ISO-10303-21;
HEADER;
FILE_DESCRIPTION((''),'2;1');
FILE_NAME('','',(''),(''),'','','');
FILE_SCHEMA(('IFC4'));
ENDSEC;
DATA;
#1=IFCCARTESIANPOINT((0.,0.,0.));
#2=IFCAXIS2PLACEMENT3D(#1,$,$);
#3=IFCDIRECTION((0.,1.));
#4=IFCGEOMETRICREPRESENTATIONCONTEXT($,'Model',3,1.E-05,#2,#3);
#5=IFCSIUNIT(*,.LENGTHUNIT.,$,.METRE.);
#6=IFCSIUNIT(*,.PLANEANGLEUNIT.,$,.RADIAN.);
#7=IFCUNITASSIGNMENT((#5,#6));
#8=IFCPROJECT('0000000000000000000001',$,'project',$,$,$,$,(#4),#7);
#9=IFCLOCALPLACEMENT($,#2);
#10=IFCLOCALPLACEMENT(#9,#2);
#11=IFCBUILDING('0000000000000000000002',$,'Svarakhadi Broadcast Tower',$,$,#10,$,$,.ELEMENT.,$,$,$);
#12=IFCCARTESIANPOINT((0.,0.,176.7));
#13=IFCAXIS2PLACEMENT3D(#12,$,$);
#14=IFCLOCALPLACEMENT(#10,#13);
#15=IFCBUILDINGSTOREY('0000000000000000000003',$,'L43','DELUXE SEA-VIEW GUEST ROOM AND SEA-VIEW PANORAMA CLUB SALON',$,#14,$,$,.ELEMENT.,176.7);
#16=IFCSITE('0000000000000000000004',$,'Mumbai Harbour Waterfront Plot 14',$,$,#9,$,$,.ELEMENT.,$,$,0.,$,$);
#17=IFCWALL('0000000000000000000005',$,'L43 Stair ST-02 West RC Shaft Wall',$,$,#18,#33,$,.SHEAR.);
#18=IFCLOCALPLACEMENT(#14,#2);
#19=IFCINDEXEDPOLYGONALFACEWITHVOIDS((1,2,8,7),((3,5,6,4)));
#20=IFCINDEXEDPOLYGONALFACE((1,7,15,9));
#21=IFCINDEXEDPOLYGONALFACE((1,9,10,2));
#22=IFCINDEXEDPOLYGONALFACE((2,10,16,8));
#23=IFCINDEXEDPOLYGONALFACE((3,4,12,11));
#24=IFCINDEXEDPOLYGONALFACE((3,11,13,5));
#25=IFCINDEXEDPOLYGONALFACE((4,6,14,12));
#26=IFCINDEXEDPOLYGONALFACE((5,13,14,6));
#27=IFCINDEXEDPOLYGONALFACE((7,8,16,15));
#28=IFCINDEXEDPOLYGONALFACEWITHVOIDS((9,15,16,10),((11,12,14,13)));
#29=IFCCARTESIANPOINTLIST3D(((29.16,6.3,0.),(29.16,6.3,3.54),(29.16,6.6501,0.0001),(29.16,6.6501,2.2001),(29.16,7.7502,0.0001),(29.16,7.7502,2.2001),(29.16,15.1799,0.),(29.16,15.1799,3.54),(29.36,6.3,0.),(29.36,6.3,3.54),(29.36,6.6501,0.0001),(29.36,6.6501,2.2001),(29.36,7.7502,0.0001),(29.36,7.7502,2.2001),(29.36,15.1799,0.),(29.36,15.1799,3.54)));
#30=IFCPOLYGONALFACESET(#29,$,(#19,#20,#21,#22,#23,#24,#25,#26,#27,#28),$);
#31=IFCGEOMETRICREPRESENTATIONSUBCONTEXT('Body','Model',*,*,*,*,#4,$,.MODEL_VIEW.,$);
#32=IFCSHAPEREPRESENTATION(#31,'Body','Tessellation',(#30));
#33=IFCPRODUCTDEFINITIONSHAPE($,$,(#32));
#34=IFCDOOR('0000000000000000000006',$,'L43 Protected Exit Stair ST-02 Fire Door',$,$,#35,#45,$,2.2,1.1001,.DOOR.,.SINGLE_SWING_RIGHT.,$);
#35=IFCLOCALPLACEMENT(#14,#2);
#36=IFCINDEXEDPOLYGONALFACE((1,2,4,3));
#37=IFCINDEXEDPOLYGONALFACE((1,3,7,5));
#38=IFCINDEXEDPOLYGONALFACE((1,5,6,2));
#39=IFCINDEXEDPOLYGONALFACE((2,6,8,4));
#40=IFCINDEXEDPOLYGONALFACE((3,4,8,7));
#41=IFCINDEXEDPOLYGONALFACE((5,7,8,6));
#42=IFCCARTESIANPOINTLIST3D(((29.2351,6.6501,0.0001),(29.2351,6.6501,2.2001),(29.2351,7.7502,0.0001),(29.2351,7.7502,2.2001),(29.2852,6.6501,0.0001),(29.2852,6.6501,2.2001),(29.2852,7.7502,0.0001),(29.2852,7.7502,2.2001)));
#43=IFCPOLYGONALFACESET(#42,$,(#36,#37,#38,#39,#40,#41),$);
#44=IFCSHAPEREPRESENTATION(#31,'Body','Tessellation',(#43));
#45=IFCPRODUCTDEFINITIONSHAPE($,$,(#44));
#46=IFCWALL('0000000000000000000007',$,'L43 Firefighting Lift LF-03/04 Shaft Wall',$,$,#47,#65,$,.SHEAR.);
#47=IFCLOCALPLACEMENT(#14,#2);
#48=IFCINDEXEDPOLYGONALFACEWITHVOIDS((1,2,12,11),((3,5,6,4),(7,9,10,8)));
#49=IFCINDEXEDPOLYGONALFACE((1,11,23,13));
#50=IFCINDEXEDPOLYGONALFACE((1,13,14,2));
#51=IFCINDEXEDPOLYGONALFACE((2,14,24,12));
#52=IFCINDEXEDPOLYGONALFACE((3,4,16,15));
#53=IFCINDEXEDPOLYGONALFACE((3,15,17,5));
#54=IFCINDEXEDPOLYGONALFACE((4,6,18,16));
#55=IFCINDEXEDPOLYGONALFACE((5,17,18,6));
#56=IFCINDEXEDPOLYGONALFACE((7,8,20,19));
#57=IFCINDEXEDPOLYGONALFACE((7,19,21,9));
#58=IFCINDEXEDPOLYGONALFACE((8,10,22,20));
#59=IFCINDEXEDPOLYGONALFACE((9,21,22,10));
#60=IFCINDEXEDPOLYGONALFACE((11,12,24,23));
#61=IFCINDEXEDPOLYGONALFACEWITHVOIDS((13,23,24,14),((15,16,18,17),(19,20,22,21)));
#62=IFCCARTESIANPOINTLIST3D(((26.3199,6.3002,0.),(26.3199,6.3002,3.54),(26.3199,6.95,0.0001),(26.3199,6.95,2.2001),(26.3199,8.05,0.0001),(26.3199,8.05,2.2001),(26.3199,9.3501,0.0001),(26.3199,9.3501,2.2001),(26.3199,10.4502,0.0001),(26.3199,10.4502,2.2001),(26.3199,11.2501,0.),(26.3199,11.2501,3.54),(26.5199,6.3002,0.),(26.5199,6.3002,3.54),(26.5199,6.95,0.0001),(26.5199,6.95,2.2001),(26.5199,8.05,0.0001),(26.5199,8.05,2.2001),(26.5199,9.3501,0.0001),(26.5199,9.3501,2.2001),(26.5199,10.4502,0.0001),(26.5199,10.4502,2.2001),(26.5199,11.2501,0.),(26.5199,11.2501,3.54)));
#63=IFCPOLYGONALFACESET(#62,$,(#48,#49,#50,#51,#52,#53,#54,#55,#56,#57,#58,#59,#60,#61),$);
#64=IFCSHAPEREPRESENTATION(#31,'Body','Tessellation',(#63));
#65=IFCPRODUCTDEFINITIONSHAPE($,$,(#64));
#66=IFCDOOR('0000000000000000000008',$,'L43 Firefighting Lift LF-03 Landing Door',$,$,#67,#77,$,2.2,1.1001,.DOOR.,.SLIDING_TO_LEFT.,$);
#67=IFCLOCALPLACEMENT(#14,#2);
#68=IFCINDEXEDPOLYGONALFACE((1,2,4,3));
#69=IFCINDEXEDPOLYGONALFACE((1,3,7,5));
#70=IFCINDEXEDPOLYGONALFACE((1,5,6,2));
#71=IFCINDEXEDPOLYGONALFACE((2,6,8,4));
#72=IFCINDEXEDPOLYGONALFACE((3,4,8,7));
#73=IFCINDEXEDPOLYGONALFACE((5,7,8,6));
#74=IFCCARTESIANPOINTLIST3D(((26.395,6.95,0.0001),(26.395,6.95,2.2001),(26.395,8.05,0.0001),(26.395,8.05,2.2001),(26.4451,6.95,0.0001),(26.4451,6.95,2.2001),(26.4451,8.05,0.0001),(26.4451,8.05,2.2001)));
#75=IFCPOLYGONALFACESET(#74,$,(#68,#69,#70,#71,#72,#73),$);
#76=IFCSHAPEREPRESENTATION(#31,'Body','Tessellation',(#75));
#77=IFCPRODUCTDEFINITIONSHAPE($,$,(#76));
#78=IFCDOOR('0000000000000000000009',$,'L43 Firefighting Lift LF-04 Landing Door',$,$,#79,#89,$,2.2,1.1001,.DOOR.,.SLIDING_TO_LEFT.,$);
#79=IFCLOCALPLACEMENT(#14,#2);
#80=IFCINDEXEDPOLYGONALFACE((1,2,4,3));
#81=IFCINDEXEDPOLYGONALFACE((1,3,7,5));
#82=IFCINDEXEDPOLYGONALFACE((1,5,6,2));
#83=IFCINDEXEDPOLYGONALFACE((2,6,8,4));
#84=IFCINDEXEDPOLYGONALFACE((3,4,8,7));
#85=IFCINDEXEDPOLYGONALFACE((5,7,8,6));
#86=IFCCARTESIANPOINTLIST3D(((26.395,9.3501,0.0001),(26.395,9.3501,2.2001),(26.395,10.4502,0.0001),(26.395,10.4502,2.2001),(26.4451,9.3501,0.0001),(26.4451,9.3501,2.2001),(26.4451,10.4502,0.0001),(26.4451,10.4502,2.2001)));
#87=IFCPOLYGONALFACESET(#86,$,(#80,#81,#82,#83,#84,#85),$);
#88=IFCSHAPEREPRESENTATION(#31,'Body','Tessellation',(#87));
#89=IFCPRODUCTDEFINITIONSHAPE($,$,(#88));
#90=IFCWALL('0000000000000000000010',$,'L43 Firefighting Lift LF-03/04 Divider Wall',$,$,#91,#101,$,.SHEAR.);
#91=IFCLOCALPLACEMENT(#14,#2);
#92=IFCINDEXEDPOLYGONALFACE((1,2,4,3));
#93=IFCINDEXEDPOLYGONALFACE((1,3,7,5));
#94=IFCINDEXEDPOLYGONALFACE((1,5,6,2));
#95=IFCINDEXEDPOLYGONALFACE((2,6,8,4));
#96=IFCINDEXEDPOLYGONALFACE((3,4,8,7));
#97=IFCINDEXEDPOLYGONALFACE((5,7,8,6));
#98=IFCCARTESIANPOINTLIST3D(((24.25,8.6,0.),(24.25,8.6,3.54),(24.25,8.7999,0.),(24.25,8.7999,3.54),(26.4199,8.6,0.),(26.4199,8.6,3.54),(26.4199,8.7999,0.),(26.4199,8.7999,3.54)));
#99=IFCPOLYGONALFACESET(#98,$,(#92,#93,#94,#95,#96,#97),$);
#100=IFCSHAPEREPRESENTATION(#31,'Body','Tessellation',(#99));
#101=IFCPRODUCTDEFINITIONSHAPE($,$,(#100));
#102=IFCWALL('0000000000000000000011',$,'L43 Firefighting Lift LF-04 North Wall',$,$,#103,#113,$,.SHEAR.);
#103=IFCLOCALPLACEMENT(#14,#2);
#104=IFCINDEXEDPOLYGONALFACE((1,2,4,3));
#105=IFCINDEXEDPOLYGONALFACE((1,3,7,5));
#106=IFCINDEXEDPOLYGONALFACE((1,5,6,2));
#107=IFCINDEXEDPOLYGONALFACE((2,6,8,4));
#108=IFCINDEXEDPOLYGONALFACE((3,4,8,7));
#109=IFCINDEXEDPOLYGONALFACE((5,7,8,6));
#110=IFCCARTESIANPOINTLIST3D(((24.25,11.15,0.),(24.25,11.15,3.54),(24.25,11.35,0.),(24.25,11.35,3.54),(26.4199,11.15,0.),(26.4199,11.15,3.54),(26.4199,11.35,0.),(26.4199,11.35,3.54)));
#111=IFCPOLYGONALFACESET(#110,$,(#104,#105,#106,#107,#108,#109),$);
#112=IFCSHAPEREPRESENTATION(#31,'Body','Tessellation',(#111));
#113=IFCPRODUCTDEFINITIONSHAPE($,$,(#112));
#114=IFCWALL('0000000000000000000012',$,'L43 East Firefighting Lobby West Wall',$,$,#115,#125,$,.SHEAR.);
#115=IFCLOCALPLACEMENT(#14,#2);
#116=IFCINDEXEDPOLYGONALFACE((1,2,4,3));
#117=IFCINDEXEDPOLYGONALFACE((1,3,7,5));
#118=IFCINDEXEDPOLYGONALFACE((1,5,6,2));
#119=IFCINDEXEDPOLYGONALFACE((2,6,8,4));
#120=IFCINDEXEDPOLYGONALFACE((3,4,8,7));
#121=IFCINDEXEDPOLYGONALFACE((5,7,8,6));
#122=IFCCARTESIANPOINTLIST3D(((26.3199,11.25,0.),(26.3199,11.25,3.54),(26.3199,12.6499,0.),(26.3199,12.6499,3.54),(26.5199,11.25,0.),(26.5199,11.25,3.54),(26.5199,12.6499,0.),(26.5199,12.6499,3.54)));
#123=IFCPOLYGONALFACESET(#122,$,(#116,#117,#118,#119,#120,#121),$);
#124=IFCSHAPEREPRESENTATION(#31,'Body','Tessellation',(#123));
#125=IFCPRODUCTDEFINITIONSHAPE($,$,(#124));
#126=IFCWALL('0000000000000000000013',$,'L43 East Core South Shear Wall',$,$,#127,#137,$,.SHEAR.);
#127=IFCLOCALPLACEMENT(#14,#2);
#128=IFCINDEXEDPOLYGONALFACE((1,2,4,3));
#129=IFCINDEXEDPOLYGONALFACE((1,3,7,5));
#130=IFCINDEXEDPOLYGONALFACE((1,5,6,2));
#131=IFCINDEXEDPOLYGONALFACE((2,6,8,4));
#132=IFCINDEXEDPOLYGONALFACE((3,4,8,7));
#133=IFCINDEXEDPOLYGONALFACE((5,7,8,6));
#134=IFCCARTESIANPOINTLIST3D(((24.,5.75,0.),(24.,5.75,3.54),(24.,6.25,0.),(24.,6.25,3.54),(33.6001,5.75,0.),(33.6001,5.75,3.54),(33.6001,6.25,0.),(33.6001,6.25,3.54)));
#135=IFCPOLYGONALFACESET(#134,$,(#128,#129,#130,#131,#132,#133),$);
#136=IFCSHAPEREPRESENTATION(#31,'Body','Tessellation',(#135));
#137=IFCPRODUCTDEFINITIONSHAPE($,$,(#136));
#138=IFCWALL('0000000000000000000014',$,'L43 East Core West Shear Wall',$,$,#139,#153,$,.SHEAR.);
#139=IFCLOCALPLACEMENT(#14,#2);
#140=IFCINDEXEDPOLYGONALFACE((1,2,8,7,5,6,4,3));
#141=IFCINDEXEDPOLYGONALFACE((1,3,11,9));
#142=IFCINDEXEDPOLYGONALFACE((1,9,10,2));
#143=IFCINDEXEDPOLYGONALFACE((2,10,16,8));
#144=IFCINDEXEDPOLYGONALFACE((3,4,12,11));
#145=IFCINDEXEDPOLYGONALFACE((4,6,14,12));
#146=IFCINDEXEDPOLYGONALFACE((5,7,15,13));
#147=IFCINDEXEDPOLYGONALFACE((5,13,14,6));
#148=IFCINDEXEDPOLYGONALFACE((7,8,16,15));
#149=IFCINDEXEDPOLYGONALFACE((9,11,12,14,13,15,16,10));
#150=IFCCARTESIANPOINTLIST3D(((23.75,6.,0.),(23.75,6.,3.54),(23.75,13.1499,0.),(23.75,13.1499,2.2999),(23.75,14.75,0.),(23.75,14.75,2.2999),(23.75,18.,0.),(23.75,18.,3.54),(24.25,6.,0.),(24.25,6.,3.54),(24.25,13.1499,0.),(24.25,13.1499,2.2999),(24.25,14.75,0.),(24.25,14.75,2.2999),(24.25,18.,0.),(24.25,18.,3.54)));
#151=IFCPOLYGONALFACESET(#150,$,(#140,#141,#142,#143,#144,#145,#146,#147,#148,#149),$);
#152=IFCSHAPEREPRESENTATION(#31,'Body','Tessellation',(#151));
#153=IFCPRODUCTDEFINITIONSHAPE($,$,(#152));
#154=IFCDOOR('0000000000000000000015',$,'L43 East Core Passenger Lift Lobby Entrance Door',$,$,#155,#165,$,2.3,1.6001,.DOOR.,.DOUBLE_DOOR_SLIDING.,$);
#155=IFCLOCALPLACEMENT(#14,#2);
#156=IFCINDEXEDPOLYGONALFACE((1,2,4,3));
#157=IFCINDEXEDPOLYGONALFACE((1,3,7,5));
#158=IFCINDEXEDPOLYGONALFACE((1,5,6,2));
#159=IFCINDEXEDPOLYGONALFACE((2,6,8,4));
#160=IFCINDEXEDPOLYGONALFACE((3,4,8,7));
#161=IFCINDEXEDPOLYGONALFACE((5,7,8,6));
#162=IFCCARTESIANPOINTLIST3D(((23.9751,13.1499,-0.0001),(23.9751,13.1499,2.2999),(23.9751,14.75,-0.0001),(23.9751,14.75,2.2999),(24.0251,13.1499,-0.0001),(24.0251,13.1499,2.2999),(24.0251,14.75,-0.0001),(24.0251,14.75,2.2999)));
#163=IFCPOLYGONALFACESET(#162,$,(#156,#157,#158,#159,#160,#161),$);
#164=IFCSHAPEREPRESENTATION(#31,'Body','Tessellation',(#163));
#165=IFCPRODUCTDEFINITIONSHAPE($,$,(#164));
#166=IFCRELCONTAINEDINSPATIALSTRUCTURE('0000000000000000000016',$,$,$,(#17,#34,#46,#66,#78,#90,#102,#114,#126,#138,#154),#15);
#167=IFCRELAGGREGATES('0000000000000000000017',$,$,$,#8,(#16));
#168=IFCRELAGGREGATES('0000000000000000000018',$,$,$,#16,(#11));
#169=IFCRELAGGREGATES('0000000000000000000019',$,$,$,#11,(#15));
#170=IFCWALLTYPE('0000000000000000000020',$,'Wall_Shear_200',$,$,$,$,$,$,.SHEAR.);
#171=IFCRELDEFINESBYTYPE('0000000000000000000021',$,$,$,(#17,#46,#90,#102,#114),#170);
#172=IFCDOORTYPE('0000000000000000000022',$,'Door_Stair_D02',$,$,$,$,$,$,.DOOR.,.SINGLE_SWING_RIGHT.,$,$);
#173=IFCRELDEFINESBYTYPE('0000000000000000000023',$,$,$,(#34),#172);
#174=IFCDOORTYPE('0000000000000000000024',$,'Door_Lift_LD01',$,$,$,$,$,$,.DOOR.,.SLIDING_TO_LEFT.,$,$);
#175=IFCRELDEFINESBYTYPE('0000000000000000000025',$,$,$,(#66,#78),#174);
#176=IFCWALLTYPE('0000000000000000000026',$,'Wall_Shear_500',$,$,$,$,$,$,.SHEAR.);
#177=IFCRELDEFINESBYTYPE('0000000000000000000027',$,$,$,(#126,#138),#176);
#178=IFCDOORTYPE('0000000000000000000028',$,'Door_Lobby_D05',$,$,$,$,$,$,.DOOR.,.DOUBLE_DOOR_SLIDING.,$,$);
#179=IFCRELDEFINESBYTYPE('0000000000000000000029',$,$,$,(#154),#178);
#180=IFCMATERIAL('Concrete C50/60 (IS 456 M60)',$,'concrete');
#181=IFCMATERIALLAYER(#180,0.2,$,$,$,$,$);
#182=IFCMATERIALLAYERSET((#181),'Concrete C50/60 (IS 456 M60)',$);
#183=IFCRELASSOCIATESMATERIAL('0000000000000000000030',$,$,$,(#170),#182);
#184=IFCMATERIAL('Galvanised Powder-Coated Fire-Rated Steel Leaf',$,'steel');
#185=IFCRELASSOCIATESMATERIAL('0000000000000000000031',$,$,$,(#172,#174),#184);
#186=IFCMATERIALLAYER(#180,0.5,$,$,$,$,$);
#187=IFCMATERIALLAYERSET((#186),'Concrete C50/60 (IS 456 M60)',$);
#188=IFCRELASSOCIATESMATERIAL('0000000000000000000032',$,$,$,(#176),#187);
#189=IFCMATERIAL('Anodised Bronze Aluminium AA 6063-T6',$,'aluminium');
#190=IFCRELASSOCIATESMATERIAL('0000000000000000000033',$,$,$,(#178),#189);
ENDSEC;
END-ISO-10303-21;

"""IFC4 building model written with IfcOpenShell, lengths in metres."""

from ifc_helpers import new_model, si_unit, direction, frame, frame_2d, origin, place, context, subcontext, project, spatial, rectangle, extrude, material, layer, layer_set, type_object, element, fill, save


model = new_model("IFC4")

# Units and contexts
model_context = context("Model", 3, precision=1e-05, world=origin(), true_north=direction((0.0, 1.0)))
body_context = subcontext(model_context, "Body", "Model", "MODEL_VIEW")
ifc_project = project(units=[si_unit("LENGTHUNIT", "METRE"), si_unit("PLANEANGLEUNIT", "RADIAN")], contexts=[model_context])

# Site, building, storey
site_placement = place(None, origin())
site = spatial("IfcSite", under=ifc_project, at=site_placement, Name="Mumbai Harbour Waterfront Plot 14", CompositionType="ELEMENT", RefElevation=0.0)
building_placement = place(site_placement, origin())
building = spatial("IfcBuilding", under=site, at=building_placement, Name="Svarakhadi Broadcast Tower", CompositionType="ELEMENT")
storey_placement = place(building_placement, frame((0.0, 0.0, 176.7)))
storey = spatial("IfcBuildingStorey", under=building, at=storey_placement, Name="L43", Description="DELUXE SEA-VIEW GUEST ROOM AND SEA-VIEW PANORAMA CLUB SALON", CompositionType="ELEMENT", Elevation=176.7)

# Shared definitions
ifc_material_1 = material(Name="Concrete C50/60 (IS 456 M60)", Category="concrete")

# Wall, opening, door
ifc_layer_1 = layer(ifc_material_1, 0.2)
ifc_layer_set_1 = layer_set([ifc_layer_1], Name="Concrete C50/60 (IS 456 M60)")
wall_type_1 = type_object("IfcWallType", Name="Wall_Shear_200", PredefinedType="SHEAR", material=ifc_layer_set_1)
wall_1_placement = place(storey_placement, frame((29.26, 6.3, 0.0), z_axis=(0.0, 0.0, 1.0), x_axis=(0.0, 1.0, 0.0)))
wall_1 = element("IfcWall", 1, at=wall_1_placement, inside=storey, type_object=wall_type_1, Name="L43 Stair ST-02 West RC Shaft Wall", PredefinedType="SHEAR", context=body_context, shape_type="SweptSolid", body=[
    extrude(rectangle(XDim=8.8799, YDim=0.2, at=frame_2d((4.4399, 0.0))), origin(), (0.0, 0.0, 1.0), 3.54),
])
opening_1_placement = place(wall_1_placement, frame((0.3501, 0.0, 0.0)))
opening_1 = element("IfcOpeningElement", 2, at=opening_1_placement, cuts=wall_1, PredefinedType="OPENING", context=body_context, shape_type="SweptSolid", body=[
    extrude(rectangle(XDim=1.1001, YDim=2.2, at=frame_2d((0.55, 1.1001))), frame((0.0, 0.1099, 0.0), z_axis=(0.0, -1.0, 0.0), x_axis=(1.0, 0.0, 0.0)), (0.0, 0.0, 1.0), 0.22),
])
ifc_material_2 = material(Name="Galvanised Powder-Coated Fire-Rated Steel Leaf", Category="steel")
door_type_1 = type_object("IfcDoorType", Name="Door_Stair_D02", OperationType="SINGLE_SWING_RIGHT", PredefinedType="DOOR", material=ifc_material_2)
door_1_placement = place(opening_1_placement, origin())
door_1 = element("IfcDoor", 3, at=door_1_placement, inside=storey, type_object=door_type_1, Name="L43 Protected Exit Stair ST-02 Fire Door", OperationType="SINGLE_SWING_RIGHT", OverallHeight=2.2, OverallWidth=1.1001, PredefinedType="DOOR", context=body_context, shape_type="SweptSolid", body=[
    extrude(rectangle(XDim=1.1001, YDim=2.2, at=frame_2d((0.55, 1.1001))), frame((0.0, 0.0249, 0.0), z_axis=(0.0, -1.0, 0.0), x_axis=(1.0, 0.0, 0.0)), (0.0, 0.0, 1.0), 0.05),
])
fill(opening_1, door_1)

# Wall, openings, doors
wall_2_placement = place(storey_placement, frame((26.4199, 6.3, 0.0), z_axis=(0.0, 0.0, 1.0), x_axis=(0.0, 1.0, 0.0)))
wall_2 = element("IfcWall", 4, at=wall_2_placement, inside=storey, type_object=wall_type_1, Name="L43 Firefighting Lift LF-03/04 Shaft Wall", PredefinedType="SHEAR", context=body_context, shape_type="SweptSolid", body=[
    extrude(rectangle(XDim=4.95, YDim=0.2, at=frame_2d((2.4751, 0.0))), origin(), (0.0, 0.0, 1.0), 3.54),
])
opening_2_placement = place(wall_2_placement, frame((0.6499, 0.0, 0.0)))
opening_2 = element("IfcOpeningElement", 5, at=opening_2_placement, cuts=wall_2, PredefinedType="OPENING", context=body_context, shape_type="SweptSolid", body=[
    extrude(rectangle(XDim=1.1001, YDim=2.2, at=frame_2d((0.55, 1.1001))), frame((0.0, 0.1099, 0.0), z_axis=(0.0, -1.0, 0.0), x_axis=(1.0, 0.0, 0.0)), (0.0, 0.0, 1.0), 0.22),
])
opening_3_placement = place(wall_2_placement, frame((3.05, 0.0, 0.0)))
opening_3 = element("IfcOpeningElement", 6, at=opening_3_placement, cuts=wall_2, PredefinedType="OPENING", context=body_context, shape_type="SweptSolid", body=[
    extrude(rectangle(XDim=1.1001, YDim=2.2, at=frame_2d((0.55, 1.1001))), frame((0.0, 0.1099, 0.0), z_axis=(0.0, -1.0, 0.0), x_axis=(1.0, 0.0, 0.0)), (0.0, 0.0, 1.0), 0.22),
])
door_type_2 = type_object("IfcDoorType", Name="Door_Lift_LD01", OperationType="SLIDING_TO_LEFT", PredefinedType="DOOR", material=ifc_material_2)
door_2_placement = place(opening_2_placement, origin())
door_2 = element("IfcDoor", 7, at=door_2_placement, inside=storey, type_object=door_type_2, Name="L43 Firefighting Lift LF-03 Landing Door", OperationType="SLIDING_TO_LEFT", OverallHeight=2.2, OverallWidth=1.1001, PredefinedType="DOOR", context=body_context, shape_type="SweptSolid", body=[
    extrude(rectangle(XDim=1.1001, YDim=2.2, at=frame_2d((0.55, 1.1001))), frame((0.0, 0.0249, 0.0), z_axis=(0.0, -1.0, 0.0), x_axis=(1.0, 0.0, 0.0)), (0.0, 0.0, 1.0), 0.05),
])
fill(opening_2, door_2)
door_3_placement = place(opening_3_placement, origin())
door_3 = element("IfcDoor", 8, at=door_3_placement, inside=storey, type_object=door_type_2, Name="L43 Firefighting Lift LF-04 Landing Door", OperationType="SLIDING_TO_LEFT", OverallHeight=2.2, OverallWidth=1.1001, PredefinedType="DOOR", context=body_context, shape_type="SweptSolid", body=[
    extrude(rectangle(XDim=1.1001, YDim=2.2, at=frame_2d((0.55, 1.1001))), frame((0.0, 0.0249, 0.0), z_axis=(0.0, -1.0, 0.0), x_axis=(1.0, 0.0, 0.0)), (0.0, 0.0, 1.0), 0.05),
])
fill(opening_3, door_3)

# Walls
for number, where, z_axis, x_axis, name in (
    (9, (24.25, 8.7, 0.0), (0.0, 0.0, 1.0), (1.0, 0.0, 0.0), "L43 Firefighting Lift LF-03/04 Divider Wall"),
    (10, (24.25, 11.25, 0.0), (0.0, 0.0, 1.0), (1.0, 0.0, 0.0), "L43 Firefighting Lift LF-04 North Wall"),
):
    element("IfcWall", number, at=place(storey_placement, frame(where, z_axis=z_axis, x_axis=x_axis)), inside=storey, type_object=wall_type_1, Name=name, PredefinedType="SHEAR", context=body_context, shape_type="SweptSolid", body=[
        extrude(rectangle(XDim=2.1699, YDim=0.2, at=frame_2d((1.085, 0.0))), origin(), (0.0, 0.0, 1.0), 3.54),
    ])
wall_3_placement = place(storey_placement, frame((26.4199, 11.25, 0.0), z_axis=(0.0, 0.0, 1.0), x_axis=(0.0, 1.0, 0.0)))
element("IfcWall", 11, at=wall_3_placement, inside=storey, type_object=wall_type_1, Name="L43 East Firefighting Lobby West Wall", PredefinedType="SHEAR", context=body_context, shape_type="SweptSolid", body=[
    extrude(rectangle(XDim=1.3999, YDim=0.2, at=frame_2d((0.7, 0.0))), origin(), (0.0, 0.0, 1.0), 3.54),
])
ifc_layer_2 = layer(ifc_material_1, 0.5)
ifc_layer_set_2 = layer_set([ifc_layer_2], Name="Concrete C50/60 (IS 456 M60)")
wall_type_2 = type_object("IfcWallType", Name="Wall_Shear_500", PredefinedType="SHEAR", material=ifc_layer_set_2)
wall_4_placement = place(storey_placement, frame((24.0, 6.0, 0.0), z_axis=(0.0, 0.0, 1.0), x_axis=(1.0, 0.0, 0.0)))
element("IfcWall", 12, at=wall_4_placement, inside=storey, type_object=wall_type_2, Name="L43 East Core South Shear Wall", PredefinedType="SHEAR", context=body_context, shape_type="SweptSolid", body=[
    extrude(rectangle(XDim=9.6001, YDim=0.5, at=frame_2d((4.8, 0.0))), origin(), (0.0, 0.0, 1.0), 3.54),
])

# Wall, opening, door
wall_5_placement = place(storey_placement, frame((24.0, 6.0, 0.0), z_axis=(0.0, 0.0, 1.0), x_axis=(0.0, 1.0, 0.0)))
wall_5 = element("IfcWall", 13, at=wall_5_placement, inside=storey, type_object=wall_type_2, Name="L43 East Core West Shear Wall", PredefinedType="SHEAR", context=body_context, shape_type="SweptSolid", body=[
    extrude(rectangle(XDim=12.0, YDim=0.5, at=frame_2d((6.0, 0.0))), origin(), (0.0, 0.0, 1.0), 3.54),
])
opening_4_placement = place(wall_5_placement, frame((7.1499, 0.0, 0.0)))
opening_4 = element("IfcOpeningElement", 14, at=opening_4_placement, cuts=wall_5, PredefinedType="OPENING", context=body_context, shape_type="SweptSolid", body=[
    extrude(rectangle(XDim=1.6001, YDim=2.3, at=frame_2d((0.8, 1.1499))), frame((0.0, 0.26, 0.0), z_axis=(0.0, -1.0, 0.0), x_axis=(1.0, 0.0, 0.0)), (0.0, 0.0, 1.0), 0.52),
])
ifc_material_3 = material(Name="Anodised Bronze Aluminium AA 6063-T6", Category="aluminium")
door_type_3 = type_object("IfcDoorType", Name="Door_Lobby_D05", OperationType="DOUBLE_DOOR_SLIDING", PredefinedType="DOOR", material=ifc_material_3)
door_4_placement = place(opening_4_placement, origin())
door_4 = element("IfcDoor", 15, at=door_4_placement, inside=storey, type_object=door_type_3, Name="L43 East Core Passenger Lift Lobby Entrance Door", OperationType="DOUBLE_DOOR_SLIDING", OverallHeight=2.3, OverallWidth=1.6001, PredefinedType="DOOR", context=body_context, shape_type="SweptSolid", body=[
    extrude(rectangle(XDim=1.6001, YDim=2.3, at=frame_2d((0.8, 1.1499))), frame((0.0, 0.0249, 0.0), z_axis=(0.0, -1.0, 0.0), x_axis=(1.0, 0.0, 0.0)), (0.0, 0.0, 1.0), 0.05),
])
fill(opening_4, door_4)

save(model, "model.ifc")
